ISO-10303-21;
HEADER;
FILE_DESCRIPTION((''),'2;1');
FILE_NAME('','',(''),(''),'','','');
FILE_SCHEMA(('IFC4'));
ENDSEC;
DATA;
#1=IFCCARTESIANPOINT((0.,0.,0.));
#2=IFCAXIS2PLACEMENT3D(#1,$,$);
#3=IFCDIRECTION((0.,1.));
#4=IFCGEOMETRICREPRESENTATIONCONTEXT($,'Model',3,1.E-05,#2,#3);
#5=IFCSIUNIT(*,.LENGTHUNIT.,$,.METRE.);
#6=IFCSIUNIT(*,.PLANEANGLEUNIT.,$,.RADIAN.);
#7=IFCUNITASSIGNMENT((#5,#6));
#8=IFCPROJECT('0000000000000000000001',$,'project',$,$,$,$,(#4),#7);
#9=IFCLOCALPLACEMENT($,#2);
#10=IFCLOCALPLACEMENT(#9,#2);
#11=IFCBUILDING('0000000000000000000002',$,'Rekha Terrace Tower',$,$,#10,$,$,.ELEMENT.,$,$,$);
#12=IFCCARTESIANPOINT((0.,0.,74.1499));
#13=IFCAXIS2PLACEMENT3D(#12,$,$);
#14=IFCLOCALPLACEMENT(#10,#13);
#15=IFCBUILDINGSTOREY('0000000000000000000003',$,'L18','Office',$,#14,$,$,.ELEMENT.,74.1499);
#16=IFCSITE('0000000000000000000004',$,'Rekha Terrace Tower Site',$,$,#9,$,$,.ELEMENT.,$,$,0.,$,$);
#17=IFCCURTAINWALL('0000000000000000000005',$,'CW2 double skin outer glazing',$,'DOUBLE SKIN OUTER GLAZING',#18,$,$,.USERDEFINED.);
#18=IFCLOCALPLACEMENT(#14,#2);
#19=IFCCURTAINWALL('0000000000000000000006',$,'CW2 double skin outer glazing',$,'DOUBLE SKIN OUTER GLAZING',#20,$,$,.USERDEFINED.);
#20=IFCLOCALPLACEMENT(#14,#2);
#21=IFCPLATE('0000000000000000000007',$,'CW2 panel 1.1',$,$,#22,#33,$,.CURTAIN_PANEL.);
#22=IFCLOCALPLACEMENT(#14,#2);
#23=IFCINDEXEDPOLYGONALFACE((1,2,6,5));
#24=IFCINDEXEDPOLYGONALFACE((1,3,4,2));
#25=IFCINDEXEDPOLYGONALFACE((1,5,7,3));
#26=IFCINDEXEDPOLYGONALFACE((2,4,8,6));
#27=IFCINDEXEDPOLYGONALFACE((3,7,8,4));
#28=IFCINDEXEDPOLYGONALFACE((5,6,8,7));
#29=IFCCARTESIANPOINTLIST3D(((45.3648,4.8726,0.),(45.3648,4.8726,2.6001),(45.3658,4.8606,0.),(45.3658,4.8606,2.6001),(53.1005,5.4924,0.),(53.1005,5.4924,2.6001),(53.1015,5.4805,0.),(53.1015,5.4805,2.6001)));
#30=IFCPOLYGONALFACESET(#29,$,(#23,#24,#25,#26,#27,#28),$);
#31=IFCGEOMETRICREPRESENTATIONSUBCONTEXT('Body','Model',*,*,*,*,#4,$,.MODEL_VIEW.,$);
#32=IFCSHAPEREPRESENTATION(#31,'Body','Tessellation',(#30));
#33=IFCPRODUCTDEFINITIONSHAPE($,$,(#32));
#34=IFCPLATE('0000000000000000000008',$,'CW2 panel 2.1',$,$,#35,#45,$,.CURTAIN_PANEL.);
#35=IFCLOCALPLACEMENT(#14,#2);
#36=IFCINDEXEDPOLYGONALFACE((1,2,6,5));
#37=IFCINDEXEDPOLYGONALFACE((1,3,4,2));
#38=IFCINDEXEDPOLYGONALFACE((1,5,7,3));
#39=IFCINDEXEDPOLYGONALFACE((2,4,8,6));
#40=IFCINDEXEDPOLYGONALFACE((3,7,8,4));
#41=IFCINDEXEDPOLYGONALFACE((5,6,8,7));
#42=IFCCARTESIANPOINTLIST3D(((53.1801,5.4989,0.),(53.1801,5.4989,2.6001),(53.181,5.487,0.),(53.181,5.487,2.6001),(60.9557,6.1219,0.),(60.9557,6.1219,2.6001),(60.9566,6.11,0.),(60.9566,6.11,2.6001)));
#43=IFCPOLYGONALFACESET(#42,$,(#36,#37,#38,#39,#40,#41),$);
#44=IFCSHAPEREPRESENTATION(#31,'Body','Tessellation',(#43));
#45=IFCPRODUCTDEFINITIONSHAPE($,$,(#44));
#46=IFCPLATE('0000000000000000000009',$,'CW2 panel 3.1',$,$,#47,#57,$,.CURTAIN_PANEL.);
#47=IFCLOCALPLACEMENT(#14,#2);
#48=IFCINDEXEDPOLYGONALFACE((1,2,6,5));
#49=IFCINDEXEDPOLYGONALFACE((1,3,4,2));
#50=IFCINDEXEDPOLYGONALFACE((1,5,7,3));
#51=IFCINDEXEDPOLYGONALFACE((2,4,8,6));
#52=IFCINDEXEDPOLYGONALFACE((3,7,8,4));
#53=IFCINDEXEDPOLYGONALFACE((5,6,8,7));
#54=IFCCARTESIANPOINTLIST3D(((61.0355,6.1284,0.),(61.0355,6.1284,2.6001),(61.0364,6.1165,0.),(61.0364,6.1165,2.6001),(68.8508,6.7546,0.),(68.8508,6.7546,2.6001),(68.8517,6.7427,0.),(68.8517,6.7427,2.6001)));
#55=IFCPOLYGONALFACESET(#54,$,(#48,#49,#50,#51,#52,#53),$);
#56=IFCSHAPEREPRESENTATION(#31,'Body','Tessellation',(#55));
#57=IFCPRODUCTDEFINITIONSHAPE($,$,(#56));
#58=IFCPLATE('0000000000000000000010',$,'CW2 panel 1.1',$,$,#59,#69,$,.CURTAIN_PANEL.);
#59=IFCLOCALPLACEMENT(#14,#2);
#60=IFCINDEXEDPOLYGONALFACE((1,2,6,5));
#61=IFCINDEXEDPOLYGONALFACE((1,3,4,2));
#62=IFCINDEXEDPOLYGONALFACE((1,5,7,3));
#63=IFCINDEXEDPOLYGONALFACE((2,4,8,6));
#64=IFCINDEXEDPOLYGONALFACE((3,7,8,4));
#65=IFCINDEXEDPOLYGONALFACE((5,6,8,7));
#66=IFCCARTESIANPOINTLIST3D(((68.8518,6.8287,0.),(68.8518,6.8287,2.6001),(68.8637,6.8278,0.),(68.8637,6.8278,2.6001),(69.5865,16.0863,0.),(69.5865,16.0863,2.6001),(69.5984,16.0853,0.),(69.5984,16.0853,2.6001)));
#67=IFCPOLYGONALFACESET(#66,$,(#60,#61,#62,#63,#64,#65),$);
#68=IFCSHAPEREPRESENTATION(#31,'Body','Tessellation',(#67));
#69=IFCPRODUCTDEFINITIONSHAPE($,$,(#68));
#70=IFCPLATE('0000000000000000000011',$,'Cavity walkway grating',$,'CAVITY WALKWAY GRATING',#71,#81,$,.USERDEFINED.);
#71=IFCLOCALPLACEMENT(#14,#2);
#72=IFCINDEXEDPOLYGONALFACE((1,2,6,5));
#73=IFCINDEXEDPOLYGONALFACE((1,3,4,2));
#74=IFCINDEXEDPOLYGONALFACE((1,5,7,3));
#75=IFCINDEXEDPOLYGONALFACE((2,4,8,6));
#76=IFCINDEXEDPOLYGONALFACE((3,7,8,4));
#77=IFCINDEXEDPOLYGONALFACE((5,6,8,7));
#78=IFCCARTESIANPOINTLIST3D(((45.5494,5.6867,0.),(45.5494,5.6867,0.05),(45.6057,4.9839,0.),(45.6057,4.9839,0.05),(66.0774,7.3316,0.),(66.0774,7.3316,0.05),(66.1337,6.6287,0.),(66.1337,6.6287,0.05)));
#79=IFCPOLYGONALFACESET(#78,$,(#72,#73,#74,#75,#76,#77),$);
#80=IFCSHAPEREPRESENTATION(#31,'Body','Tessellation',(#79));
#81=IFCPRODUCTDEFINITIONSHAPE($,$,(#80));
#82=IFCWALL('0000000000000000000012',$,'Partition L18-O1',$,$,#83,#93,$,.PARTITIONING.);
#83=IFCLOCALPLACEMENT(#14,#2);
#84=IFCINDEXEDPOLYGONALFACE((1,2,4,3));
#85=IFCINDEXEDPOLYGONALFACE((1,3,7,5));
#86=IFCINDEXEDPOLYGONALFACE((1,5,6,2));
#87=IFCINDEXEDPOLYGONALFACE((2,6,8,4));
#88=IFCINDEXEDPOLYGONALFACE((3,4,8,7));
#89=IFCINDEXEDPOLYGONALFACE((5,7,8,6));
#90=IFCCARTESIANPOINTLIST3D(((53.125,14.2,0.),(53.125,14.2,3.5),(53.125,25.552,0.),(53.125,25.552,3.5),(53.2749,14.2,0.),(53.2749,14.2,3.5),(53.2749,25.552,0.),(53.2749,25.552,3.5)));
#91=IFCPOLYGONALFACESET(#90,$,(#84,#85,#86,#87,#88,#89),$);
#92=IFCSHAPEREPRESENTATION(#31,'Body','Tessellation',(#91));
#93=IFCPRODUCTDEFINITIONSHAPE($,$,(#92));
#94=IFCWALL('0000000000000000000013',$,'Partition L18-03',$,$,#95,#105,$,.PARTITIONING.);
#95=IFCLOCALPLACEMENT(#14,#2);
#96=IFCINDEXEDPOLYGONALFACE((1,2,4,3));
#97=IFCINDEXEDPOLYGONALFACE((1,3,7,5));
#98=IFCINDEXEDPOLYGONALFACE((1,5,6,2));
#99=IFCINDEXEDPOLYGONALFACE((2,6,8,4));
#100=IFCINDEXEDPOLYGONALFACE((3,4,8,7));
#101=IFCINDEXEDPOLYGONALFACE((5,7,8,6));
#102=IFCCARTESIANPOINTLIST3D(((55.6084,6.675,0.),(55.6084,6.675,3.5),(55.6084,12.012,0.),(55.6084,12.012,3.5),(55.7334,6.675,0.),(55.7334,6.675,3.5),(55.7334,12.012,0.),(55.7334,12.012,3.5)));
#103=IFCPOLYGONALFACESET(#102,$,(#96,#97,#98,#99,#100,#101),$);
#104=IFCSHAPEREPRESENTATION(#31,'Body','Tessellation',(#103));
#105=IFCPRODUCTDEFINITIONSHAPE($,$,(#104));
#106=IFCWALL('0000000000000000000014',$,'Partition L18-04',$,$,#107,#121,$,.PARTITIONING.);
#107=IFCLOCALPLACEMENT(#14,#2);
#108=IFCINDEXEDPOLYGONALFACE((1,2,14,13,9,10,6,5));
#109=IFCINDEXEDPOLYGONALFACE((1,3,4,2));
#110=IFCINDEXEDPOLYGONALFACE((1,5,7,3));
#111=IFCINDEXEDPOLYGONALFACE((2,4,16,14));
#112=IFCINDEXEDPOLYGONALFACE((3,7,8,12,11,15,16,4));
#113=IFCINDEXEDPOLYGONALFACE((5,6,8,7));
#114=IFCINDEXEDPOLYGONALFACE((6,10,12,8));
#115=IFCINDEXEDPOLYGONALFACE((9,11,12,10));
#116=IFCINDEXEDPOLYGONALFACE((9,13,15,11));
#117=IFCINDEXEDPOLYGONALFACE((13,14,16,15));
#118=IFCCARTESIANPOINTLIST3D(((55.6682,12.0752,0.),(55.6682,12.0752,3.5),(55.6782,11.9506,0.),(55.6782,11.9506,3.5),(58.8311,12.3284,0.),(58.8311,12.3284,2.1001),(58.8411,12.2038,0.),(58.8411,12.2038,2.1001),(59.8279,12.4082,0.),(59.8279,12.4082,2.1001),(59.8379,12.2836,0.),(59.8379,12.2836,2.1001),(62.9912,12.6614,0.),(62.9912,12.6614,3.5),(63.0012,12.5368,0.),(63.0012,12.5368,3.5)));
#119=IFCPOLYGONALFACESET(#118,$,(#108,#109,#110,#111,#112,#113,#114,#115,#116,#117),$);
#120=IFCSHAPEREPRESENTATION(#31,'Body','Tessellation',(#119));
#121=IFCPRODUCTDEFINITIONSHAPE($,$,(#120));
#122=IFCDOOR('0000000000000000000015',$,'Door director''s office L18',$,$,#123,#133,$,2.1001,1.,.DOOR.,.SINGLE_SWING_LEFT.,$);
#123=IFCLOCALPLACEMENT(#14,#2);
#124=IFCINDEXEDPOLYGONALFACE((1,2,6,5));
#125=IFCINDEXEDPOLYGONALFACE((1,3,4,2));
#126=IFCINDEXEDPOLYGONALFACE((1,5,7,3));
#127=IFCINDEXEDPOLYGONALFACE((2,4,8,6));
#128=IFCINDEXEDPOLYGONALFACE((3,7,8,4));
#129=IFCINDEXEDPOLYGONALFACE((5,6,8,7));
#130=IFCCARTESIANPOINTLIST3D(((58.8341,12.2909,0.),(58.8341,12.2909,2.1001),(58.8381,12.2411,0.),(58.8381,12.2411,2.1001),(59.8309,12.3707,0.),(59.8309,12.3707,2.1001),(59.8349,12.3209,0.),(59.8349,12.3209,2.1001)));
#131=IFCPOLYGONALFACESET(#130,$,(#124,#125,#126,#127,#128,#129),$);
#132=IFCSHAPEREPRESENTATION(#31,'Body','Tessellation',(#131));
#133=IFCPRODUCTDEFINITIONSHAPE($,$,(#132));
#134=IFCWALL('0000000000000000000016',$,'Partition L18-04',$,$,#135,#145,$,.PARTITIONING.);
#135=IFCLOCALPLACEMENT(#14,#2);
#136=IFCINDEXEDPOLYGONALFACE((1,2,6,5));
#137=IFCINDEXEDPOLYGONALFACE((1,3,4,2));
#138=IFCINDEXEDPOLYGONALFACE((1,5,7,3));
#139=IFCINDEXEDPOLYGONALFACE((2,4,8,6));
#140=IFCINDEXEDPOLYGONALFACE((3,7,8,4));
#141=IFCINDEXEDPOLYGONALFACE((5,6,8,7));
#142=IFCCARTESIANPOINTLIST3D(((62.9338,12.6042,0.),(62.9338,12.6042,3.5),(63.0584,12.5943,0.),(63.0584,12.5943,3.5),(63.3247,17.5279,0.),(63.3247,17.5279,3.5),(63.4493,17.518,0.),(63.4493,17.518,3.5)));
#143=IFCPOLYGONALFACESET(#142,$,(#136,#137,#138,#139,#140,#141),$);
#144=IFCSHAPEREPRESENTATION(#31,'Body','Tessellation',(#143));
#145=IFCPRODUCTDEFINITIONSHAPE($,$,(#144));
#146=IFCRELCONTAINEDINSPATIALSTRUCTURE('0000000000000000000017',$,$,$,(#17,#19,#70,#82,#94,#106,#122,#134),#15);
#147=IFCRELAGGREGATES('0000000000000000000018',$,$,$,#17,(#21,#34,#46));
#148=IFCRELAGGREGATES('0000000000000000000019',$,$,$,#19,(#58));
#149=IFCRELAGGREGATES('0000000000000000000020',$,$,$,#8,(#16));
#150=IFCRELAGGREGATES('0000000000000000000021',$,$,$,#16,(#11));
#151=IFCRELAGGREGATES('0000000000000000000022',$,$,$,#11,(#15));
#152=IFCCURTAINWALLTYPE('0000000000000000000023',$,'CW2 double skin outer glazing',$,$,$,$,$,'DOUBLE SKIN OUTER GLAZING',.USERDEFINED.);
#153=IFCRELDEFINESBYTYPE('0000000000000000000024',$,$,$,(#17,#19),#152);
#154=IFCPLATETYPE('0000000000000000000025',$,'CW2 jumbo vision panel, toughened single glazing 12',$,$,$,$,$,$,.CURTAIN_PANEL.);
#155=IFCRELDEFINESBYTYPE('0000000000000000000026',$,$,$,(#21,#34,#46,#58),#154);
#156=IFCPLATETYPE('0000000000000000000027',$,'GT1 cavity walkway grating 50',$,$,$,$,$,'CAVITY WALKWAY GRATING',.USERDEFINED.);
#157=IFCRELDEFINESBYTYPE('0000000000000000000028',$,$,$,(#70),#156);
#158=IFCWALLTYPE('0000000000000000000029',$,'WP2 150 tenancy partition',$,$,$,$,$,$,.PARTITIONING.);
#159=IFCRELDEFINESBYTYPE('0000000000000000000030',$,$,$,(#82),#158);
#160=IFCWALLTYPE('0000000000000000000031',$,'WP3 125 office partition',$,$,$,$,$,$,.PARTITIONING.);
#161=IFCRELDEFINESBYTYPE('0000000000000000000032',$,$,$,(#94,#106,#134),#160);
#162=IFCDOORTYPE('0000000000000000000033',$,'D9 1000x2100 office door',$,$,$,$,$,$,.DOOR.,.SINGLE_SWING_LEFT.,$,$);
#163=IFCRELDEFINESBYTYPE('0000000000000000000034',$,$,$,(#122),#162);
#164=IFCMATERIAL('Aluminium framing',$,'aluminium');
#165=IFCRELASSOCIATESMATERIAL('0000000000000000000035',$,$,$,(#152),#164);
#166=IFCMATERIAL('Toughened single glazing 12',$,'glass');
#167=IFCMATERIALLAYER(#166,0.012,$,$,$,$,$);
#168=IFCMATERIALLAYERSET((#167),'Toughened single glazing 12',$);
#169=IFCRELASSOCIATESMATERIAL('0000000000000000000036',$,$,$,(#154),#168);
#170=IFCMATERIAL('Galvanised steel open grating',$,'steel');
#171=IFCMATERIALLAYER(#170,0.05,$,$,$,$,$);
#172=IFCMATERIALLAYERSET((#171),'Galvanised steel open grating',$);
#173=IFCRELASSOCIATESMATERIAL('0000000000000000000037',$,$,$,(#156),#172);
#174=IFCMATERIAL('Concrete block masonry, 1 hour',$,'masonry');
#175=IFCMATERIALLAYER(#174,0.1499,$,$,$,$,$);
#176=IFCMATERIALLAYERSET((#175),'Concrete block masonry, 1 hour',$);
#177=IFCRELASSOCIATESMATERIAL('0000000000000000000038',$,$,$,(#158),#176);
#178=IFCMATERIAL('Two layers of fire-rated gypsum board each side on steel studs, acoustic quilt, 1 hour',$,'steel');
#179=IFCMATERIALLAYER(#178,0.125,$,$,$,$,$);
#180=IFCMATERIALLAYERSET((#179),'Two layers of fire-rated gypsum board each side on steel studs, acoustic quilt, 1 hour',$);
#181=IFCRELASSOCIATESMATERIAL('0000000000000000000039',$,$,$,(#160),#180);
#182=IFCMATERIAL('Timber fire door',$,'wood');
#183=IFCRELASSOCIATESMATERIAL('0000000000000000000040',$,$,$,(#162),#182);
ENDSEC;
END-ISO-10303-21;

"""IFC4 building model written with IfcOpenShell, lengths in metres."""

from ifc_helpers import new_model, si_unit, direction, frame, frame_2d, origin, origin_2d, place, context, subcontext, project, spatial, rectangle, extrude, material, layer, layer_set, type_object, element, fill, aggregate, save


model = new_model("IFC4")

# Units and contexts
model_context = context("Model", 3, precision=1e-05, world=origin(), true_north=direction((0.0, 1.0)))
body_context = subcontext(model_context, "Body", "Model", "MODEL_VIEW")
ifc_project = project(units=[si_unit("LENGTHUNIT", "METRE"), si_unit("PLANEANGLEUNIT", "RADIAN")], contexts=[model_context])

# Site, building, storey
site_placement = place(None, origin())
site = spatial("IfcSite", under=ifc_project, at=site_placement, Name="Rekha Terrace Tower Site", CompositionType="ELEMENT", RefElevation=0.0)
building_placement = place(site_placement, origin())
building = spatial("IfcBuilding", under=site, at=building_placement, Name="Rekha Terrace Tower", CompositionType="ELEMENT")
storey_placement = place(building_placement, frame((0.0, 0.0, 74.1499)))
storey = spatial("IfcBuildingStorey", under=building, at=storey_placement, Name="L18", Description="Office", CompositionType="ELEMENT", Elevation=74.1499)

# Curtain wall
ifc_material_1 = material(Name="Aluminium framing", Category="aluminium")
curtain_wall_type_1 = type_object("IfcCurtainWallType", Name="CW2 double skin outer glazing", ElementType="DOUBLE SKIN OUTER GLAZING", PredefinedType="USERDEFINED", material=ifc_material_1)
curtain_wall_1_placement = place(storey_placement, origin())
curtain_wall_1 = element("IfcCurtainWall", 1, at=curtain_wall_1_placement, inside=storey, type_object=curtain_wall_type_1, Name="CW2 double skin outer glazing", ObjectType="DOUBLE SKIN OUTER GLAZING", PredefinedType="USERDEFINED")

# Curtain wall
curtain_wall_2_placement = place(storey_placement, origin())
curtain_wall_2 = element("IfcCurtainWall", 2, at=curtain_wall_2_placement, inside=storey, type_object=curtain_wall_type_1, Name="CW2 double skin outer glazing", ObjectType="DOUBLE SKIN OUTER GLAZING", PredefinedType="USERDEFINED")

# Plates
ifc_material_2 = material(Name="Toughened single glazing 12", Category="glass")
ifc_layer_1 = layer(ifc_material_2, 0.012)
ifc_layer_set_1 = layer_set([ifc_layer_1], Name="Toughened single glazing 12")
plate_type_1 = type_object("IfcPlateType", Name="CW2 jumbo vision panel, toughened single glazing 12", PredefinedType="CURTAIN_PANEL", material=ifc_layer_set_1)
plate_1_placement = place(storey_placement, frame((49.2332, 5.1765, 0.0), z_axis=(0.0, 0.0, 1.0), x_axis=(0.996805, 0.079872, 0.0)))
plate_1 = element("IfcPlate", 3, at=plate_1_placement, type_object=plate_type_1, Name="CW2 panel 1.1", PredefinedType="CURTAIN_PANEL", context=body_context, shape_type="SweptSolid", body=[
    extrude(rectangle(XDim=7.7605, YDim=0.012, at=origin_2d()), origin(), (0.0, 0.0, 1.0), 2.6001),
])
plate_2_placement = place(storey_placement, frame((57.0684, 5.8044, 0.0), z_axis=(0.0, 0.0, 1.0), x_axis=(0.996805, 0.079872, 0.0)))
plate_2 = element("IfcPlate", 4, at=plate_2_placement, type_object=plate_type_1, Name="CW2 panel 2.1", PredefinedType="CURTAIN_PANEL", context=body_context, shape_type="SweptSolid", body=[
    extrude(rectangle(XDim=7.8005, YDim=0.012, at=origin_2d()), origin(), (0.0, 0.0, 1.0), 2.6001),
])
plate_3_placement = place(storey_placement, frame((64.9436, 6.4355, 0.0), z_axis=(0.0, 0.0, 1.0), x_axis=(0.996805, 0.079872, 0.0)))
plate_3 = element("IfcPlate", 5, at=plate_3_placement, type_object=plate_type_1, Name="CW2 panel 3.1", PredefinedType="CURTAIN_PANEL", context=body_context, shape_type="SweptSolid", body=[
    extrude(rectangle(XDim=7.8403, YDim=0.012, at=origin_2d()), origin(), (0.0, 0.0, 1.0), 2.6001),
])
aggregate(curtain_wall_1, [plate_1, plate_2, plate_3])
plate_4_placement = place(storey_placement, frame((69.2251, 11.457, 0.0), z_axis=(0.0, 0.0, 1.0), x_axis=(0.079116, 0.996865, 0.0)))
plate_4 = element("IfcPlate", 6, at=plate_4_placement, type_object=plate_type_1, Name="CW2 panel 1.1", PredefinedType="CURTAIN_PANEL", context=body_context, shape_type="SweptSolid", body=[
    extrude(rectangle(XDim=9.2866, YDim=0.012, at=origin_2d()), origin(), (0.0, 0.0, 1.0), 2.6001),
])
aggregate(curtain_wall_2, [plate_4])
ifc_material_3 = material(Name="Galvanised steel open grating", Category="steel")
ifc_layer_2 = layer(ifc_material_3, 0.05)
ifc_layer_set_2 = layer_set([ifc_layer_2], Name="Galvanised steel open grating")
plate_type_2 = type_object("IfcPlateType", Name="GT1 cavity walkway grating 50", ElementType="CAVITY WALKWAY GRATING", PredefinedType="USERDEFINED", material=ifc_layer_set_2)
plate_5_placement = place(storey_placement, frame((55.8416, 6.1577, 0.0), z_axis=(0.0, 0.0, 1.0), x_axis=(0.996805, 0.079872, 0.0)))
element("IfcPlate", 7, at=plate_5_placement, inside=storey, type_object=plate_type_2, Name="Cavity walkway grating", ObjectType="CAVITY WALKWAY GRATING", PredefinedType="USERDEFINED", context=body_context, shape_type="SweptSolid", body=[
    extrude(rectangle(XDim=20.5938, YDim=0.7051, at=origin_2d()), origin(), (0.0, 0.0, 1.0), 0.05),
])

# Walls
ifc_material_4 = material(Name="Concrete block masonry, 1 hour", Category="masonry")
ifc_layer_3 = layer(ifc_material_4, 0.1499)
ifc_layer_set_3 = layer_set([ifc_layer_3], Name="Concrete block masonry, 1 hour")
wall_type_1 = type_object("IfcWallType", Name="WP2 150 tenancy partition", PredefinedType="PARTITIONING", material=ifc_layer_set_3)
wall_1_placement = place(storey_placement, frame((53.2, 14.2, 0.0), z_axis=(0.0, 0.0, 1.0), x_axis=(0.0, 1.0, 0.0)))
element("IfcWall", 8, at=wall_1_placement, inside=storey, type_object=wall_type_1, Name="Partition L18-O1", PredefinedType="PARTITIONING", context=body_context, shape_type="SweptSolid", body=[
    extrude(rectangle(XDim=11.3521, YDim=0.1499, at=frame_2d((5.676, 0.0))), origin(), (0.0, 0.0, 1.0), 3.5),
])
ifc_material_5 = material(Name="Two layers of fire-rated gypsum board each side on steel studs, acoustic quilt, 1 hour", Category="steel")
ifc_layer_4 = layer(ifc_material_5, 0.125)
ifc_layer_set_4 = layer_set([ifc_layer_4], Name="Two layers of fire-rated gypsum board each side on steel studs, acoustic quilt, 1 hour")
wall_type_2 = type_object("IfcWallType", Name="WP3 125 office partition", PredefinedType="PARTITIONING", material=ifc_layer_set_4)
wall_2_placement = place(storey_placement, frame((55.6709, 12.012, 0.0), z_axis=(0.0, 0.0, 1.0), x_axis=(0.0, -1.0, 0.0)))
element("IfcWall", 9, at=wall_2_placement, inside=storey, type_object=wall_type_2, Name="Partition L18-03", PredefinedType="PARTITIONING", context=body_context, shape_type="SweptSolid", body=[
    extrude(rectangle(XDim=5.3369, YDim=0.125, at=frame_2d((2.6685, 0.0))), origin(), (0.0, 0.0, 1.0), 3.5),
])

# Wall, opening, door
wall_3_placement = place(storey_placement, frame((55.6731, 12.0129, 0.0), z_axis=(0.0, 0.0, 1.0), x_axis=(0.996812, 0.079791, 0.0)))
wall_3 = element("IfcWall", 10, at=wall_3_placement, inside=storey, type_object=wall_type_2, Name="Partition L18-04", PredefinedType="PARTITIONING", context=body_context, shape_type="SweptSolid", body=[
    extrude(rectangle(XDim=7.3464, YDim=0.125, at=frame_2d((3.6733, 0.0))), origin(), (0.0, 0.0, 1.0), 3.5),
])
opening_placement = place(wall_3_placement, frame((3.1731, 0.0, 0.0)))
opening = element("IfcOpeningElement", 11, at=opening_placement, cuts=wall_3, PredefinedType="OPENING", context=body_context, shape_type="SweptSolid", body=[
    extrude(rectangle(XDim=1.0, YDim=2.1001, at=frame_2d((0.5, 1.05))), frame((0.0, 0.0725, 0.0), z_axis=(0.0, -1.0, 0.0), x_axis=(1.0, 0.0, 0.0)), (0.0, 0.0, 1.0), 0.145),
])
ifc_material_6 = material(Name="Timber fire door", Category="wood")
door_type = type_object("IfcDoorType", Name="D9 1000x2100 office door", OperationType="SINGLE_SWING_LEFT", PredefinedType="DOOR", material=ifc_material_6)
door_placement = place(opening_placement, origin())
door = element("IfcDoor", 12, at=door_placement, inside=storey, type_object=door_type, Name="Door director's office L18", OperationType="SINGLE_SWING_LEFT", OverallHeight=2.1001, OverallWidth=1.0, PredefinedType="DOOR", context=body_context, shape_type="SweptSolid", body=[
    extrude(rectangle(XDim=1.0, YDim=2.1001, at=frame_2d((0.5, 1.05))), frame((0.0, 0.0249, 0.0), z_axis=(0.0, -1.0, 0.0), x_axis=(1.0, 0.0, 0.0)), (0.0, 0.0, 1.0), 0.05),
])
fill(opening, door)

# Wall
wall_4_placement = place(storey_placement, frame((62.9961, 12.5991, 0.0), z_axis=(0.0, 0.0, 1.0), x_axis=(0.079134, 0.996864, 0.0)))
element("IfcWall", 13, at=wall_4_placement, inside=storey, type_object=wall_type_2, Name="Partition L18-04", PredefinedType="PARTITIONING", context=body_context, shape_type="SweptSolid", body=[
    extrude(rectangle(XDim=4.9392, YDim=0.125, at=frame_2d((2.4697, 0.0))), origin(), (0.0, 0.0, 1.0), 3.5),
])

save(model, "model.ifc")
